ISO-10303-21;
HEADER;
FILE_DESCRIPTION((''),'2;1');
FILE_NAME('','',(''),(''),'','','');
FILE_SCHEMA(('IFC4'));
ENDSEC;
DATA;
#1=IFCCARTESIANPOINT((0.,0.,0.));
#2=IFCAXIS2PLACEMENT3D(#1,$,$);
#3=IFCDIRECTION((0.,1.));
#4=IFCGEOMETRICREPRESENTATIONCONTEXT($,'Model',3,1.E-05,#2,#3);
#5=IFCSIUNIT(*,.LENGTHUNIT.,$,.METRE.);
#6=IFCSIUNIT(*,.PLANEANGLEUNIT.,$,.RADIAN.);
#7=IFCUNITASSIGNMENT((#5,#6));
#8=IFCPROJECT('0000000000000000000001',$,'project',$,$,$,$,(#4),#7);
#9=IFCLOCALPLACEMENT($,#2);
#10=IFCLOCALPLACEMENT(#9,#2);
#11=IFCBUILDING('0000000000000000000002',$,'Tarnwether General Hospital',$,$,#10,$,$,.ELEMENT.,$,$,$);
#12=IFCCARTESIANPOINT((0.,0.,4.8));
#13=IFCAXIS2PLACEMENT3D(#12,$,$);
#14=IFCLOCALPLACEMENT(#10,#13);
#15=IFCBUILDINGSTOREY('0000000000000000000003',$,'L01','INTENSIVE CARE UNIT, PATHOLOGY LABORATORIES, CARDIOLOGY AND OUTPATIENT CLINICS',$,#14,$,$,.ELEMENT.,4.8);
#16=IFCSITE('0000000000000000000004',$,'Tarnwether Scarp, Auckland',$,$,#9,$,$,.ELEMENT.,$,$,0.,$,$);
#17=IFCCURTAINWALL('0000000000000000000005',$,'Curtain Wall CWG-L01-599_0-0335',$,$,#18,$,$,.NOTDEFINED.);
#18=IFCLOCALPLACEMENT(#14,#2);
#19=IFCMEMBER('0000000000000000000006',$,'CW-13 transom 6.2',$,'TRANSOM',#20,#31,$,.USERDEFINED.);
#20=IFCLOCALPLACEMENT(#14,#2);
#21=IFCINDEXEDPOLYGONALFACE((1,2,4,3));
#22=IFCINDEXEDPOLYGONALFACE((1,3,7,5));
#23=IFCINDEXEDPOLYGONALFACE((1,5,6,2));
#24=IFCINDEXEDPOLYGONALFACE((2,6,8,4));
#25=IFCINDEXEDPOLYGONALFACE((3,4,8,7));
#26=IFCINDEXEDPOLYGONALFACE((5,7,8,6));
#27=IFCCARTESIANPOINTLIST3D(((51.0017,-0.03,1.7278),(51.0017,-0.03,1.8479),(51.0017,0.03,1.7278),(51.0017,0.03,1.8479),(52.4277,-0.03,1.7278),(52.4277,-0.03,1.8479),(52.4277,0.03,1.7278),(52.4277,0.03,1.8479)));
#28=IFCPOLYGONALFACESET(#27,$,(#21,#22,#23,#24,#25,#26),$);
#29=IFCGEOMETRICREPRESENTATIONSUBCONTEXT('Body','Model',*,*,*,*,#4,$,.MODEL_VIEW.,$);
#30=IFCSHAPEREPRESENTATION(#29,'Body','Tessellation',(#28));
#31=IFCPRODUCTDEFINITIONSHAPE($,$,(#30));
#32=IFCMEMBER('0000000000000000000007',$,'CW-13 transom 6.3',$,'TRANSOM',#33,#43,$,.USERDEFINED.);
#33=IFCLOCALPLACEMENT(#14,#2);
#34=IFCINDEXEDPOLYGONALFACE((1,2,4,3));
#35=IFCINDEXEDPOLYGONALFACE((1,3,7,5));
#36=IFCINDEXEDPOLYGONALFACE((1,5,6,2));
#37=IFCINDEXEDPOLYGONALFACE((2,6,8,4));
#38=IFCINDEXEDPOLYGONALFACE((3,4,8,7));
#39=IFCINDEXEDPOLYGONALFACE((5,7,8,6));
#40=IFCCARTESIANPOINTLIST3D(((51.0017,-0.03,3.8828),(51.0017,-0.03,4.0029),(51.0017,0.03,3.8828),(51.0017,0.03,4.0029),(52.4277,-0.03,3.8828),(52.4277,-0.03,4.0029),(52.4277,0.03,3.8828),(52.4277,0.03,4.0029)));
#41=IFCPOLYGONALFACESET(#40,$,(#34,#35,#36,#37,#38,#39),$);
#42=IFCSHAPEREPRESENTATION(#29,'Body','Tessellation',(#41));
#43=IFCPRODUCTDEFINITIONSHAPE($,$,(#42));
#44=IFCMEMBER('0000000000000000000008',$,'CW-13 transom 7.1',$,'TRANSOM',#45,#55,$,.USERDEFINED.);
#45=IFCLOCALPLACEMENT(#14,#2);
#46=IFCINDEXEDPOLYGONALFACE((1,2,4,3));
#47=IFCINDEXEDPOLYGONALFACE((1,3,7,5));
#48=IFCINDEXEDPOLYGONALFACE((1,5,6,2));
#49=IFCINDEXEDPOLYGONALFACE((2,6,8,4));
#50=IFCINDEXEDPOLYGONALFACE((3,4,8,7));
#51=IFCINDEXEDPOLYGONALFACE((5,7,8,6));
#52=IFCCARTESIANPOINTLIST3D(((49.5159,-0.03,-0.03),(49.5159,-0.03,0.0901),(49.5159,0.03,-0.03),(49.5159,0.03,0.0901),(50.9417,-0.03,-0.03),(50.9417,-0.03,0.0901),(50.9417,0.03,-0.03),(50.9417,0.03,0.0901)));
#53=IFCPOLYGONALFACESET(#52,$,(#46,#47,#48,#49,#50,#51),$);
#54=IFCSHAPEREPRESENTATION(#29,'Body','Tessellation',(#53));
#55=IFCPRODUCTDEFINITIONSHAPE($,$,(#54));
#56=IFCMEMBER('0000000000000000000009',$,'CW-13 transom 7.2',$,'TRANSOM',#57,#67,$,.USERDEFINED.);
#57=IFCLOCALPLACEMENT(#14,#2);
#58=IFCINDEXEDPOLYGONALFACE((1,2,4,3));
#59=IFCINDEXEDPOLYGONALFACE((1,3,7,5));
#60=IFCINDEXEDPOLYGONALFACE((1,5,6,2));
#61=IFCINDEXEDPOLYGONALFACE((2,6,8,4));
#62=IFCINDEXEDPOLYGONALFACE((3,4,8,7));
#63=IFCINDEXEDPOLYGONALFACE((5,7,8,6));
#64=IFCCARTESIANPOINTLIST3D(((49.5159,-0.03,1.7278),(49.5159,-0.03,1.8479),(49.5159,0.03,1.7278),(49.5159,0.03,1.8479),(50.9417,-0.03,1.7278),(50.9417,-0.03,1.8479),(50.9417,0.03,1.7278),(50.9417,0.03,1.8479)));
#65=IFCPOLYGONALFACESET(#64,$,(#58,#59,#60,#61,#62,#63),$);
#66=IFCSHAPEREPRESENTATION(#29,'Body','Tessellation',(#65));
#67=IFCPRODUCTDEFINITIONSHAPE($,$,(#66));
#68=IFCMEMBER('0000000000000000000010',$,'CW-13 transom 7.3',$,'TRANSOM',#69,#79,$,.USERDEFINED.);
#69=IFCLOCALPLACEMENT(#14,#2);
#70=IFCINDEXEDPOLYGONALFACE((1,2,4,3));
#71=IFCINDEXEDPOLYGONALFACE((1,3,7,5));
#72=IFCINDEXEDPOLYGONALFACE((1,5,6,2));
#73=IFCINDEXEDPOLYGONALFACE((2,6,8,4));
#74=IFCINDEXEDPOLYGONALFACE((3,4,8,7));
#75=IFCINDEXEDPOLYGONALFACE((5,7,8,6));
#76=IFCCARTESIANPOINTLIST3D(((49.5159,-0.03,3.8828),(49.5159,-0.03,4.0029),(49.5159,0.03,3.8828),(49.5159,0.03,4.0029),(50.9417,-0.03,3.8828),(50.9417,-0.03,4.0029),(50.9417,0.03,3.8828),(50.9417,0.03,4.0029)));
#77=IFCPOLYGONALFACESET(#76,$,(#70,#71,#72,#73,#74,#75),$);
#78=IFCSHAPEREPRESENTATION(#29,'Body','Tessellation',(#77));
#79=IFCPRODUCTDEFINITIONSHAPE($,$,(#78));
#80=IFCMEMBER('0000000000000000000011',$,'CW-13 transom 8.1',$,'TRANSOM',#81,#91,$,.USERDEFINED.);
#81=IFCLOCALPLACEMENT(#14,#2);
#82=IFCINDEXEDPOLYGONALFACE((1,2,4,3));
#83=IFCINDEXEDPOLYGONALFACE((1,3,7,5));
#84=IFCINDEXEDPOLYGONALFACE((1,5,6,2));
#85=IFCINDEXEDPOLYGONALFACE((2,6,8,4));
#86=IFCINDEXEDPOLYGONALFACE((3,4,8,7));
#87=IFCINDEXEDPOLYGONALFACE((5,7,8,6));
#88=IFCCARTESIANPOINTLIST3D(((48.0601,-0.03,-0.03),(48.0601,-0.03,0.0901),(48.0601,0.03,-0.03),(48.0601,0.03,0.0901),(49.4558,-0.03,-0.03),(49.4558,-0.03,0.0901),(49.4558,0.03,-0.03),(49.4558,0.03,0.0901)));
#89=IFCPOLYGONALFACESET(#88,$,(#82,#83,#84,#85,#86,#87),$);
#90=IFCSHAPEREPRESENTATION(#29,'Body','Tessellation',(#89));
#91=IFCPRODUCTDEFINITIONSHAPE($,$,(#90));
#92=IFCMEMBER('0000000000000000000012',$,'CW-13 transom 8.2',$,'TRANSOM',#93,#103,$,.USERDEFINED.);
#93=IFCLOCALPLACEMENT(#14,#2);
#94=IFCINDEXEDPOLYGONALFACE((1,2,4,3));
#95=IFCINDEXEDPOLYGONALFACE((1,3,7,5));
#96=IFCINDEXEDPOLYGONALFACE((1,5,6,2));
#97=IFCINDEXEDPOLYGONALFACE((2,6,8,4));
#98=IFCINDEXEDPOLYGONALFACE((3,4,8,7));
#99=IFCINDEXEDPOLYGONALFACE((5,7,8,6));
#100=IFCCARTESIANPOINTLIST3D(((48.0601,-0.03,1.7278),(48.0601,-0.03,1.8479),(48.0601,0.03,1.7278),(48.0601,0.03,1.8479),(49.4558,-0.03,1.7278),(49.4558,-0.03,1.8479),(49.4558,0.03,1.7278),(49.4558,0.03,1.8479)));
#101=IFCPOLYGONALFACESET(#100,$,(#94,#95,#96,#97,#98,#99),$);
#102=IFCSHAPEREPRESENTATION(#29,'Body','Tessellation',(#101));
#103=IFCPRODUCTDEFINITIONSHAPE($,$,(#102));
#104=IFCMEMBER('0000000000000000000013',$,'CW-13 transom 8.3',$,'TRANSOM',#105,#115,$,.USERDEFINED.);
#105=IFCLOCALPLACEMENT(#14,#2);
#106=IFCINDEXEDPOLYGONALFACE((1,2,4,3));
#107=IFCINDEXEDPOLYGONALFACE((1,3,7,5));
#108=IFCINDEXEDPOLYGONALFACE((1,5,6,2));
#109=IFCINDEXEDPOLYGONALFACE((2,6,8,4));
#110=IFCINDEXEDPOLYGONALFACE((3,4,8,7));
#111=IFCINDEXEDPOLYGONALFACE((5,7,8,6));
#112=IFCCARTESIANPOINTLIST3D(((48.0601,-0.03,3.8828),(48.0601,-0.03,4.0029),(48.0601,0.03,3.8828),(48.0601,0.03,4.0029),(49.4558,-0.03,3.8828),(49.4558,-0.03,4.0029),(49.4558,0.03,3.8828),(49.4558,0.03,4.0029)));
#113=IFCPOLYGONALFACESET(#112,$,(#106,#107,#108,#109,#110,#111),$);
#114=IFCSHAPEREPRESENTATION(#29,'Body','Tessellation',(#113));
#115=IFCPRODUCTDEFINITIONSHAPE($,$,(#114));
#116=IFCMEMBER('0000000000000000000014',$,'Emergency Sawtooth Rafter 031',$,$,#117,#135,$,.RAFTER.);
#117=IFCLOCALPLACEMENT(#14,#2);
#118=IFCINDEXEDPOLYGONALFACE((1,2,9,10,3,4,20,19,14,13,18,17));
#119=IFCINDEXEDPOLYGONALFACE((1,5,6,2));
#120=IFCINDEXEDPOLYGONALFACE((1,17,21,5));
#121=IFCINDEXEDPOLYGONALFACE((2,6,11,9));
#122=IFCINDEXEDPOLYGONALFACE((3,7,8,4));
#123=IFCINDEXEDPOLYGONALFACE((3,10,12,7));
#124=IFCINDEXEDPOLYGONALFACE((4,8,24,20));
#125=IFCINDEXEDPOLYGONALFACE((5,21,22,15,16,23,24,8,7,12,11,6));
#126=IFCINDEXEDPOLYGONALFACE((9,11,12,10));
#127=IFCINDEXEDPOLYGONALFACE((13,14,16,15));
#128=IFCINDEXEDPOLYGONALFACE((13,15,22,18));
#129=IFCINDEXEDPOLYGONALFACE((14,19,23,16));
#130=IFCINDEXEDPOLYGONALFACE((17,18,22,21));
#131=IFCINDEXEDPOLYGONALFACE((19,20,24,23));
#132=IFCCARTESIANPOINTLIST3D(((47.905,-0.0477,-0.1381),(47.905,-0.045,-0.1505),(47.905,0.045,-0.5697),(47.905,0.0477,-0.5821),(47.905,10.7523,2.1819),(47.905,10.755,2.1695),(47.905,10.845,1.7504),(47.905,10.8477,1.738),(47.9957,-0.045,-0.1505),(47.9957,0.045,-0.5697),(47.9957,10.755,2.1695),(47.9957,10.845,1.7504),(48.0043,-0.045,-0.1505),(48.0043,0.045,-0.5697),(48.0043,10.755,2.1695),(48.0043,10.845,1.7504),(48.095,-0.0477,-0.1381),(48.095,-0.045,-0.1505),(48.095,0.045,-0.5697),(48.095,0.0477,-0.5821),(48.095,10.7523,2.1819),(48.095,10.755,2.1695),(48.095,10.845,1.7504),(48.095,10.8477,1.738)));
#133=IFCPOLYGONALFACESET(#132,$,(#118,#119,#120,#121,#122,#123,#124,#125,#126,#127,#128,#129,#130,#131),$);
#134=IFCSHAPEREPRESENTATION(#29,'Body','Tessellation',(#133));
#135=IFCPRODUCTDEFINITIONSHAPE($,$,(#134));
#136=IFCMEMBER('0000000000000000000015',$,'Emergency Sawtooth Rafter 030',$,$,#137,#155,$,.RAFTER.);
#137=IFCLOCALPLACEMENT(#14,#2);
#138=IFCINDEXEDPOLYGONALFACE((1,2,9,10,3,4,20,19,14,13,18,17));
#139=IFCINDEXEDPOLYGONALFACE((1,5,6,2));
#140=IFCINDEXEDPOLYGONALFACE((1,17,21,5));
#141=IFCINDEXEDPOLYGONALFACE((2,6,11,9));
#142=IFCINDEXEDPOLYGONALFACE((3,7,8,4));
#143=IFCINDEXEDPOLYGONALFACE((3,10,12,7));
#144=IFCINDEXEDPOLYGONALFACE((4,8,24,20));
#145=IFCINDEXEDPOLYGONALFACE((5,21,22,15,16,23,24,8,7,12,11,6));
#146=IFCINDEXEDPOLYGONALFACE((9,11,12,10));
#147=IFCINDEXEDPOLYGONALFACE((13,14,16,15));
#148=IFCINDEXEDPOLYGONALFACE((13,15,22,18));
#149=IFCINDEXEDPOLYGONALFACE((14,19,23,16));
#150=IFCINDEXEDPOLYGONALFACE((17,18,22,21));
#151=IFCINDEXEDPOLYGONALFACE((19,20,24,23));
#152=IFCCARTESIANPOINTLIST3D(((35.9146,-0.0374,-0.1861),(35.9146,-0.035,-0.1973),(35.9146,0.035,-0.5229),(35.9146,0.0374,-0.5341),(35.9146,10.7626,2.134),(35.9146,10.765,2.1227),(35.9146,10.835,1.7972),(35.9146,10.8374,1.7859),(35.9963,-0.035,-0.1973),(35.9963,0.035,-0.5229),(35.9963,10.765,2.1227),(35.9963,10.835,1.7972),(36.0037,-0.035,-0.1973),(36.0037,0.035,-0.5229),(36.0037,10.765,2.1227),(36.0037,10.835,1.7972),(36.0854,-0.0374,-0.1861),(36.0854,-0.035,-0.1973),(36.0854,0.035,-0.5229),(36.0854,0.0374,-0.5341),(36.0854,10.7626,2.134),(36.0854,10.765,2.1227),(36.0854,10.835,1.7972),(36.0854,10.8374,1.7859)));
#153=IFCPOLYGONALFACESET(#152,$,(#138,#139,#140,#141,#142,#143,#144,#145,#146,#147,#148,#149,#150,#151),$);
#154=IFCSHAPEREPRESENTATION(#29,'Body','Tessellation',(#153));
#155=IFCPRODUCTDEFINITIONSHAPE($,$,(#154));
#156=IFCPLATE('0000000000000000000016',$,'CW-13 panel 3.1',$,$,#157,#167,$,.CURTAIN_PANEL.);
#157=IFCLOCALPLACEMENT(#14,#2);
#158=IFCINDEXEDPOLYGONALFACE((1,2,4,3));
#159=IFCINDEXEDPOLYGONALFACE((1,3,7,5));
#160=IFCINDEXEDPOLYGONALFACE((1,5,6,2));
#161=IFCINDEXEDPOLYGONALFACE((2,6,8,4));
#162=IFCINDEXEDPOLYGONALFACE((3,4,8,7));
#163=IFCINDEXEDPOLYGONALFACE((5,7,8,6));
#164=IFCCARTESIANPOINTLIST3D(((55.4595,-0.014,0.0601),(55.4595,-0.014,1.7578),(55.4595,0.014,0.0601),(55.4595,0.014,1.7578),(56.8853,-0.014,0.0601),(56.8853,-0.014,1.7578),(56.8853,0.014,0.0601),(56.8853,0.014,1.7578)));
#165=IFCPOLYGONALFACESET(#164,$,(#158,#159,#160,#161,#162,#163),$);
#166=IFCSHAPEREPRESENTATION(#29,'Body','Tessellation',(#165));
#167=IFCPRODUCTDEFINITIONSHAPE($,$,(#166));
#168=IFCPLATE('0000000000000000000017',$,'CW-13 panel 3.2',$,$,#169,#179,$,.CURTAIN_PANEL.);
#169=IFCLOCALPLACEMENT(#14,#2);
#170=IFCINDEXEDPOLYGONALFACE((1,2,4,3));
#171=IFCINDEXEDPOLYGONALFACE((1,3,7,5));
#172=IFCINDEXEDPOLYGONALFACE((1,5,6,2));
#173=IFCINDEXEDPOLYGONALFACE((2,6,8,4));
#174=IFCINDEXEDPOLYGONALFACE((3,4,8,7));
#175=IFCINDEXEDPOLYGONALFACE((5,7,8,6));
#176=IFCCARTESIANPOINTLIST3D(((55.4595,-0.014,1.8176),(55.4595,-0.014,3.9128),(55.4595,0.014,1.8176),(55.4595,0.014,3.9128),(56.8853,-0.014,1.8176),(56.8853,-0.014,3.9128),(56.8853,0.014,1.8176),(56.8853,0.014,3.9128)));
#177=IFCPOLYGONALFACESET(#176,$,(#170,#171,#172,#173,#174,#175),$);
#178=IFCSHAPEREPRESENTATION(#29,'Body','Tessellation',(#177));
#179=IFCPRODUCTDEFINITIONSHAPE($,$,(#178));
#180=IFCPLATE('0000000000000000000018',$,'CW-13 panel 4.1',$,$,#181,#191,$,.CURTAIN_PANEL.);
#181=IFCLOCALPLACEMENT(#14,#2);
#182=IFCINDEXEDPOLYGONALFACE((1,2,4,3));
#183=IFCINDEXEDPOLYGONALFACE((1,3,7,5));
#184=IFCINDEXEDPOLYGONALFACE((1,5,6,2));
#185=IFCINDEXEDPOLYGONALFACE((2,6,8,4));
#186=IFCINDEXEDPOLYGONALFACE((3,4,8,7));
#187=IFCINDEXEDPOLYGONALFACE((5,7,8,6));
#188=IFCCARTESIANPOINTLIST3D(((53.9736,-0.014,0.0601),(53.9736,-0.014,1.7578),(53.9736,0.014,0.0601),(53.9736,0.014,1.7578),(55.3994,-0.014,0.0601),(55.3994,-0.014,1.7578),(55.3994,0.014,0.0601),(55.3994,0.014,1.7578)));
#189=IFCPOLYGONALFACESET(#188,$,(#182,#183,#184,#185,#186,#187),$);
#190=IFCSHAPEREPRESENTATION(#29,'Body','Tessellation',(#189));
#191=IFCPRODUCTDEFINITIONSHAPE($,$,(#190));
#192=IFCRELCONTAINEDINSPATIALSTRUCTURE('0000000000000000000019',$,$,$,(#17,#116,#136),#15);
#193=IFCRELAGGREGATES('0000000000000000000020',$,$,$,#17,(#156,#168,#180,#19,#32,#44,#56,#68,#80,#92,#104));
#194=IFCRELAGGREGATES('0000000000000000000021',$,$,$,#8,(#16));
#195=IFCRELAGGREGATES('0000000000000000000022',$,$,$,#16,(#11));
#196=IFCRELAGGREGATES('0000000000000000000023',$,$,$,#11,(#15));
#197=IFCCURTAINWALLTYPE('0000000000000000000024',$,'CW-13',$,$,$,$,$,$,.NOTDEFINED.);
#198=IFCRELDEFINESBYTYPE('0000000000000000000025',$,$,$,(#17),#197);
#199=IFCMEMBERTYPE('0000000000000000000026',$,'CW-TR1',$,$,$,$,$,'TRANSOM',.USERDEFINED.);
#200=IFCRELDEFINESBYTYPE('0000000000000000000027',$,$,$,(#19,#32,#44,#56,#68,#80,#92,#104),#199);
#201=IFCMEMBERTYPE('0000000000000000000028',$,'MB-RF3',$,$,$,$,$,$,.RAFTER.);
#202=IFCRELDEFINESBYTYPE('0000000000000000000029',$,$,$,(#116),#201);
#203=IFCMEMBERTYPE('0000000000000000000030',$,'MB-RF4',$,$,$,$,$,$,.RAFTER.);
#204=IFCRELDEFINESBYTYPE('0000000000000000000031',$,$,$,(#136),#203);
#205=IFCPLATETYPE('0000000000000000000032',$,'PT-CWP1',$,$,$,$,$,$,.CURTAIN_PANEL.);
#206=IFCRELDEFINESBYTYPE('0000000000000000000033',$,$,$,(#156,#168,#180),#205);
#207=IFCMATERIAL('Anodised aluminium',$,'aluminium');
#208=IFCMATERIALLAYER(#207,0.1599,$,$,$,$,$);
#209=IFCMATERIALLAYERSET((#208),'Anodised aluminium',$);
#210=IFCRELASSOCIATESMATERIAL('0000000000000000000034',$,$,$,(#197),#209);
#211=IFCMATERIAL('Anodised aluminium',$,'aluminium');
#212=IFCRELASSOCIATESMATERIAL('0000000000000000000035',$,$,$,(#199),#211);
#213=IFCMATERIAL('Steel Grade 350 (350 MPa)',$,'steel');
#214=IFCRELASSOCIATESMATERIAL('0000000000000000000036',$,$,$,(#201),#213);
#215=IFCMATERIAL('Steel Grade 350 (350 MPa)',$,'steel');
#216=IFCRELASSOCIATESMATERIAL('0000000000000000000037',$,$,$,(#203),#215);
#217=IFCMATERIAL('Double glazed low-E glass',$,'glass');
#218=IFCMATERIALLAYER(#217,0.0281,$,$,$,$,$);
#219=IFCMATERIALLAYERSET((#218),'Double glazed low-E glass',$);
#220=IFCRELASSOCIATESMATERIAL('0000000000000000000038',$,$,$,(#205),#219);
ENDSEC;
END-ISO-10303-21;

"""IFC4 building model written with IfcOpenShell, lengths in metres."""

from ifc_helpers import new_model, si_unit, direction, frame, origin, origin_2d, place, context, subcontext, project, spatial, rectangle, i_section, extrude, material, layer, layer_set, material_profile, profile_set, type_object, element, aggregate, save


model = new_model("IFC4")

# Units and contexts
model_context = context("Model", 3, precision=1e-05, world=origin(), true_north=direction((0.0, 1.0)))
body_context = subcontext(model_context, "Body", "Model", "MODEL_VIEW")
ifc_project = project(units=[si_unit("LENGTHUNIT", "METRE"), si_unit("PLANEANGLEUNIT", "RADIAN")], contexts=[model_context])

# Site, building, storey
site_placement = place(None, origin())
site = spatial("IfcSite", under=ifc_project, at=site_placement, Name="Tarnwether Scarp, Auckland", CompositionType="ELEMENT", RefElevation=0.0)
building_placement = place(site_placement, origin())
building = spatial("IfcBuilding", under=site, at=building_placement, Name="Tarnwether General Hospital", CompositionType="ELEMENT")
storey_placement = place(building_placement, frame((0.0, 0.0, 4.8)))
storey = spatial("IfcBuildingStorey", under=building, at=storey_placement, Name="L01", Description="INTENSIVE CARE UNIT, PATHOLOGY LABORATORIES, CARDIOLOGY AND OUTPATIENT CLINICS", CompositionType="ELEMENT", Elevation=4.8)

# Curtain wall, members
ifc_material_1 = material(Name="Anodised aluminium", Category="aluminium")
ifc_layer_1 = layer(ifc_material_1, 0.1599)
ifc_layer_set_1 = layer_set([ifc_layer_1], Name="Anodised aluminium")
curtain_wall_type = type_object("IfcCurtainWallType", Name="CW-13", PredefinedType="NOTDEFINED", material=ifc_layer_set_1)
curtain_wall_placement = place(storey_placement, origin())
curtain_wall = element("IfcCurtainWall", 1, at=curtain_wall_placement, inside=storey, type_object=curtain_wall_type, Name="Curtain Wall CWG-L01-599_0-0335", PredefinedType="NOTDEFINED")
ifc_material_2 = material(Name="Anodised aluminium", Category="aluminium")
ifc_material_profile_1 = material_profile(ifc_material_2, rectangle(XDim=0.0601, YDim=0.1201, at=origin_2d()), Name="ALU-TRN-60x120")
ifc_profile_set_1 = profile_set([ifc_material_profile_1], Name="Anodised aluminium")
member_type_1 = type_object("IfcMemberType", Name="CW-TR1", ElementType="TRANSOM", PredefinedType="USERDEFINED", material=ifc_profile_set_1)
member_1_placement = place(storey_placement, frame((52.4277, 0.0, 1.7878), z_axis=(-1.0, 0.0, 0.0), x_axis=(0.0, -1.0, 0.0)))
member_1 = element("IfcMember", 2, at=member_1_placement, type_object=member_type_1, Name="CW-13 transom 6.2", ObjectType="TRANSOM", PredefinedType="USERDEFINED", context=body_context, shape_type="SweptSolid", body=[
    extrude(rectangle(XDim=0.0601, YDim=0.1201, at=origin_2d()), origin(), (0.0, 0.0, 1.0), 1.426),
])
member_2_placement = place(storey_placement, frame((52.4277, 0.0, 3.9429), z_axis=(-1.0, 0.0, 0.0), x_axis=(0.0, -1.0, 0.0)))
member_2 = element("IfcMember", 3, at=member_2_placement, type_object=member_type_1, Name="CW-13 transom 6.3", ObjectType="TRANSOM", PredefinedType="USERDEFINED", context=body_context, shape_type="SweptSolid", body=[
    extrude(rectangle(XDim=0.0601, YDim=0.1201, at=origin_2d()), origin(), (0.0, 0.0, 1.0), 1.426),
])
member_3_placement = place(storey_placement, frame((50.9417, 0.0, 0.03), z_axis=(-1.0, 0.0, 0.0), x_axis=(0.0, -1.0, 0.0)))
member_3 = element("IfcMember", 4, at=member_3_placement, type_object=member_type_1, Name="CW-13 transom 7.1", ObjectType="TRANSOM", PredefinedType="USERDEFINED", context=body_context, shape_type="SweptSolid", body=[
    extrude(rectangle(XDim=0.0601, YDim=0.1201, at=origin_2d()), origin(), (0.0, 0.0, 1.0), 1.4258),
])
member_4_placement = place(storey_placement, frame((50.9417, 0.0, 1.7878), z_axis=(-1.0, 0.0, 0.0), x_axis=(0.0, -1.0, 0.0)))
member_4 = element("IfcMember", 5, at=member_4_placement, type_object=member_type_1, Name="CW-13 transom 7.2", ObjectType="TRANSOM", PredefinedType="USERDEFINED", context=body_context, shape_type="SweptSolid", body=[
    extrude(rectangle(XDim=0.0601, YDim=0.1201, at=origin_2d()), origin(), (0.0, 0.0, 1.0), 1.4258),
])
member_5_placement = place(storey_placement, frame((50.9417, 0.0, 3.9429), z_axis=(-1.0, 0.0, 0.0), x_axis=(0.0, -1.0, 0.0)))
member_5 = element("IfcMember", 6, at=member_5_placement, type_object=member_type_1, Name="CW-13 transom 7.3", ObjectType="TRANSOM", PredefinedType="USERDEFINED", context=body_context, shape_type="SweptSolid", body=[
    extrude(rectangle(XDim=0.0601, YDim=0.1201, at=origin_2d()), origin(), (0.0, 0.0, 1.0), 1.4258),
])
member_6_placement = place(storey_placement, frame((49.4558, 0.0, 0.03), z_axis=(-1.0, 0.0, 0.0), x_axis=(0.0, -1.0, 0.0)))
member_6 = element("IfcMember", 7, at=member_6_placement, type_object=member_type_1, Name="CW-13 transom 8.1", ObjectType="TRANSOM", PredefinedType="USERDEFINED", context=body_context, shape_type="SweptSolid", body=[
    extrude(rectangle(XDim=0.0601, YDim=0.1201, at=origin_2d()), origin(), (0.0, 0.0, 1.0), 1.3958),
])
member_7_placement = place(storey_placement, frame((49.4558, 0.0, 1.7878), z_axis=(-1.0, 0.0, 0.0), x_axis=(0.0, -1.0, 0.0)))
member_7 = element("IfcMember", 8, at=member_7_placement, type_object=member_type_1, Name="CW-13 transom 8.2", ObjectType="TRANSOM", PredefinedType="USERDEFINED", context=body_context, shape_type="SweptSolid", body=[
    extrude(rectangle(XDim=0.0601, YDim=0.1201, at=origin_2d()), origin(), (0.0, 0.0, 1.0), 1.3958),
])
member_8_placement = place(storey_placement, frame((49.4558, 0.0, 3.9429), z_axis=(-1.0, 0.0, 0.0), x_axis=(0.0, -1.0, 0.0)))
member_8 = element("IfcMember", 9, at=member_8_placement, type_object=member_type_1, Name="CW-13 transom 8.3", ObjectType="TRANSOM", PredefinedType="USERDEFINED", context=body_context, shape_type="SweptSolid", body=[
    extrude(rectangle(XDim=0.0601, YDim=0.1201, at=origin_2d()), origin(), (0.0, 0.0, 1.0), 1.3958),
])

# Members
ifc_material_3 = material(Name="Steel Grade 350 (350 MPa)", Category="steel")
ifc_material_profile_2 = material_profile(ifc_material_3, i_section(OverallWidth=0.1899, OverallDepth=0.4541, WebThickness=0.0085, FlangeThickness=0.0127, at=origin_2d()), Name="460UB67.1")
ifc_profile_set_2 = profile_set([ifc_material_profile_2], Name="Steel Grade 350 (350 MPa)")
member_type_2 = type_object("IfcMemberType", Name="MB-RF3", PredefinedType="RAFTER", material=ifc_profile_set_2)
member_9_placement = place(storey_placement, frame((48.0, 0.0, -0.3601), z_axis=(0.0, 0.977695, 0.210029), x_axis=(-1.0, 0.0, 0.0)))
element("IfcMember", 10, at=member_9_placement, inside=storey, type_object=member_type_2, Name="Emergency Sawtooth Rafter 031", PredefinedType="RAFTER", context=body_context, shape_type="SweptSolid", body=[
    extrude(i_section(OverallWidth=0.1899, OverallDepth=0.4541, WebThickness=0.0085, FlangeThickness=0.0127, at=origin_2d()), origin(), (0.0, 0.0, 1.0), 11.0464),
])
ifc_material_4 = material(Name="Steel Grade 350 (350 MPa)", Category="steel")
ifc_material_profile_3 = material_profile(ifc_material_4, i_section(OverallWidth=0.1709, OverallDepth=0.356, WebThickness=0.0073, FlangeThickness=0.0115, at=origin_2d()), Name="360UB50.7")
ifc_profile_set_3 = profile_set([ifc_material_profile_3], Name="Steel Grade 350 (350 MPa)")
member_type_3 = type_object("IfcMemberType", Name="MB-RF4", PredefinedType="RAFTER", material=ifc_profile_set_3)
member_10_placement = place(storey_placement, frame((36.0, 0.0, -0.3601), z_axis=(0.0, 0.977695, 0.210029), x_axis=(-1.0, 0.0, 0.0)))
element("IfcMember", 11, at=member_10_placement, inside=storey, type_object=member_type_3, Name="Emergency Sawtooth Rafter 030", PredefinedType="RAFTER", context=body_context, shape_type="SweptSolid", body=[
    extrude(i_section(OverallWidth=0.1709, OverallDepth=0.356, WebThickness=0.0073, FlangeThickness=0.0115, at=origin_2d()), origin(), (0.0, 0.0, 1.0), 11.0464),
])

# Plates
ifc_material_5 = material(Name="Double glazed low-E glass", Category="glass")
ifc_layer_2 = layer(ifc_material_5, 0.0281)
ifc_layer_set_2 = layer_set([ifc_layer_2], Name="Double glazed low-E glass")
plate_type = type_object("IfcPlateType", Name="PT-CWP1", PredefinedType="CURTAIN_PANEL", material=ifc_layer_set_2)
plate_1_placement = place(storey_placement, frame((56.1724, 0.0, 0.0601), z_axis=(0.0, 0.0, 1.0), x_axis=(-1.0, 0.0, 0.0)))
plate_1 = element("IfcPlate", 12, at=plate_1_placement, type_object=plate_type, Name="CW-13 panel 3.1", PredefinedType="CURTAIN_PANEL", context=body_context, shape_type="SweptSolid", body=[
    extrude(rectangle(XDim=1.4258, YDim=0.0281, at=origin_2d()), origin(), (0.0, 0.0, 1.0), 1.6978),
])
plate_2_placement = place(storey_placement, frame((56.1724, 0.0, 1.8176), z_axis=(0.0, 0.0, 1.0), x_axis=(-1.0, 0.0, 0.0)))
plate_2 = element("IfcPlate", 13, at=plate_2_placement, type_object=plate_type, Name="CW-13 panel 3.2", PredefinedType="CURTAIN_PANEL", context=body_context, shape_type="SweptSolid", body=[
    extrude(rectangle(XDim=1.4258, YDim=0.0281, at=origin_2d()), origin(), (0.0, 0.0, 1.0), 2.0952),
])
plate_3_placement = place(storey_placement, frame((54.6865, 0.0, 0.0601), z_axis=(0.0, 0.0, 1.0), x_axis=(-1.0, 0.0, 0.0)))
plate_3 = element("IfcPlate", 14, at=plate_3_placement, type_object=plate_type, Name="CW-13 panel 4.1", PredefinedType="CURTAIN_PANEL", context=body_context, shape_type="SweptSolid", body=[
    extrude(rectangle(XDim=1.4258, YDim=0.0281, at=origin_2d()), origin(), (0.0, 0.0, 1.0), 1.6978),
])
aggregate(curtain_wall, [plate_1, plate_2, plate_3, member_1, member_2, member_3, member_4, member_5, member_6, member_7, member_8])

save(model, "model.ifc")
